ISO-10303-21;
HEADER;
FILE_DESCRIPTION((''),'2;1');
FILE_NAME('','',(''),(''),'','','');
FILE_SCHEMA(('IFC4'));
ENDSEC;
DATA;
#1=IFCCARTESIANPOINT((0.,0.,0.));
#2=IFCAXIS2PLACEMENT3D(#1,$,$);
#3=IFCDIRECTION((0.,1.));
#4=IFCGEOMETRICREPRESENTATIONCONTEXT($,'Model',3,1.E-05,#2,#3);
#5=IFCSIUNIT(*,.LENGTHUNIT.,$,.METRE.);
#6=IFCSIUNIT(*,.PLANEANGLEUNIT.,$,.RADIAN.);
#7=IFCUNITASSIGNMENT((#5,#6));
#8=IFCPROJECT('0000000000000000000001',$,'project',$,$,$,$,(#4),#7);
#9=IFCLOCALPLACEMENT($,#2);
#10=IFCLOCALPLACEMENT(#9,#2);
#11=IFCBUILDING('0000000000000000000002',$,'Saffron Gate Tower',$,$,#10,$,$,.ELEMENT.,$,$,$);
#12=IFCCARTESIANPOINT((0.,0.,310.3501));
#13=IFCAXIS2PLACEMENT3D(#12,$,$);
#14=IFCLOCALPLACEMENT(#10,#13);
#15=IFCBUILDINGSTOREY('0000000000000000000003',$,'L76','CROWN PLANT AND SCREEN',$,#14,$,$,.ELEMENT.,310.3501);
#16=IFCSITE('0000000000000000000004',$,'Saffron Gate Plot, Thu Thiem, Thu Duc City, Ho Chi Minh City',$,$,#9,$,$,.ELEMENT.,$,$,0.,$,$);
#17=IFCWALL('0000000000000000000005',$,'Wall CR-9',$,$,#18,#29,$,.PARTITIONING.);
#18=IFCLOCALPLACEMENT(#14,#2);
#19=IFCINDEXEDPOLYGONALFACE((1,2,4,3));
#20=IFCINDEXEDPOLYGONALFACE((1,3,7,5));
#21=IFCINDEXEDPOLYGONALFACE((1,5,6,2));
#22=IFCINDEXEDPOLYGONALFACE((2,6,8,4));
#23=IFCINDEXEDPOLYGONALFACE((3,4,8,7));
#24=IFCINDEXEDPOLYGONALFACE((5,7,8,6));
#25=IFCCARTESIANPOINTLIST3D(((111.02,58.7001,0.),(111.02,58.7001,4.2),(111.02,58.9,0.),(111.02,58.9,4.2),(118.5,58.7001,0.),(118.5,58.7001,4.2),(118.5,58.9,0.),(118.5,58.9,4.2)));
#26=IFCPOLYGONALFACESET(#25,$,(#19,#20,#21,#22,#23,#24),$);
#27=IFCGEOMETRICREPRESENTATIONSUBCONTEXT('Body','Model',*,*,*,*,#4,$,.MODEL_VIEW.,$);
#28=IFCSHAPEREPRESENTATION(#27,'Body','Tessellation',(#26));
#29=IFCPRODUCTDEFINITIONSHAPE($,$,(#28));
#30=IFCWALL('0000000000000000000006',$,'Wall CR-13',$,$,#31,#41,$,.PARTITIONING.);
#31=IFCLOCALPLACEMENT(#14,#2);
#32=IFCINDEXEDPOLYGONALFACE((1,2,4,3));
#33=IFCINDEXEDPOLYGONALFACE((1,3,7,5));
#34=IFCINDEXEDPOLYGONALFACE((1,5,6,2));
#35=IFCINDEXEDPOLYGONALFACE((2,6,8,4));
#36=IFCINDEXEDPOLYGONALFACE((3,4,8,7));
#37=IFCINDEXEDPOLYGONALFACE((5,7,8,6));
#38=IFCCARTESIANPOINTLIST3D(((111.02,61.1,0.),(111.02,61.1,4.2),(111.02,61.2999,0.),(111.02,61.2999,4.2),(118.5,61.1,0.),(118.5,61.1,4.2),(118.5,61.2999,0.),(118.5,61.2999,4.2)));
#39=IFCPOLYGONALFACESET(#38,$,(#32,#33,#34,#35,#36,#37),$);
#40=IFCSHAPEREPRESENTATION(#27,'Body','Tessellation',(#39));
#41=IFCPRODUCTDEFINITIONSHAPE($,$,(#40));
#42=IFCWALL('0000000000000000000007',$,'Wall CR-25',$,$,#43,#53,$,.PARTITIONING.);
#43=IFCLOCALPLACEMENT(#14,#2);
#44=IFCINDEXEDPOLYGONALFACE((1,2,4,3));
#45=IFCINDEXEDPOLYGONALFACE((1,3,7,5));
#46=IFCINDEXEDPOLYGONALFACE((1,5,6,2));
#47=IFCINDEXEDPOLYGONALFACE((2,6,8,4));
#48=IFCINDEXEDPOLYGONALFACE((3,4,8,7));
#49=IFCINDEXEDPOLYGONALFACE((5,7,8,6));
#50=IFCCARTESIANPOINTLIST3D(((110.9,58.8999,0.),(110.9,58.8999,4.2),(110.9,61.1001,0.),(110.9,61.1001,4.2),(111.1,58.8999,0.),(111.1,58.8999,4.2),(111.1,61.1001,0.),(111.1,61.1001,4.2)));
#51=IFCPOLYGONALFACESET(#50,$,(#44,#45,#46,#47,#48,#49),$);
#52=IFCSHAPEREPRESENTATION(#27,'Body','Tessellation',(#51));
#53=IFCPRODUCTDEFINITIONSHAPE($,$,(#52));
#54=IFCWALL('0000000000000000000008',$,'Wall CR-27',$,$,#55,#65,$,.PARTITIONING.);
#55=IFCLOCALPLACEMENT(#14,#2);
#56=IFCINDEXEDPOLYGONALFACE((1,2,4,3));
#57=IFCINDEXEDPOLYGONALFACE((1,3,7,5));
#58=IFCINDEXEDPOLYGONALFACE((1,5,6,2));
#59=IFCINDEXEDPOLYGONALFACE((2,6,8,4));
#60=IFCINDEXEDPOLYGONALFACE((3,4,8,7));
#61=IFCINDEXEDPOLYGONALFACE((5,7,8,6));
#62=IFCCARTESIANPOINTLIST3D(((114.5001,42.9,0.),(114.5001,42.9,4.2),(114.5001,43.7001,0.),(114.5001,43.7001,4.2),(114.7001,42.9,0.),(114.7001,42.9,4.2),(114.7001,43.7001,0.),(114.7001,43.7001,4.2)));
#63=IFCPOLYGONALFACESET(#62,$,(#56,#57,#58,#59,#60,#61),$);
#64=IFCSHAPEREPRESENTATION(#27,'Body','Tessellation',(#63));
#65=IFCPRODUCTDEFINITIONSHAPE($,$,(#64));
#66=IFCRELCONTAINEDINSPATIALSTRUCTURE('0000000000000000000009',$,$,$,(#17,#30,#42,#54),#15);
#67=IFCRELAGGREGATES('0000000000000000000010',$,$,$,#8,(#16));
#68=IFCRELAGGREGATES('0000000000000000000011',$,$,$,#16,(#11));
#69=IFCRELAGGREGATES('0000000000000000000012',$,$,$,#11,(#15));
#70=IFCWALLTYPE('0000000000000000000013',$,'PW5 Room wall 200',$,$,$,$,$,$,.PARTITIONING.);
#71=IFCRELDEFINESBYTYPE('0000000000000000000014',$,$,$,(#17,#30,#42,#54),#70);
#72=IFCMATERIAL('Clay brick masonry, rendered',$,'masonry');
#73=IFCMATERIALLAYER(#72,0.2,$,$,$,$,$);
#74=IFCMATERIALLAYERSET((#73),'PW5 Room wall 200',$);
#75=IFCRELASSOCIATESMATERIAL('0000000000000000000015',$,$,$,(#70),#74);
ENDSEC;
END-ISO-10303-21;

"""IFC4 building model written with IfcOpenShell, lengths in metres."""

from ifc_helpers import new_model, si_unit, direction, frame, frame_2d, origin, place, context, subcontext, project, spatial, rectangle, extrude, material, layer, layer_set, type_object, element, save


model = new_model("IFC4")

# Units and contexts
model_context = context("Model", 3, precision=1e-05, world=origin(), true_north=direction((0.0, 1.0)))
body_context = subcontext(model_context, "Body", "Model", "MODEL_VIEW")
ifc_project = project(units=[si_unit("LENGTHUNIT", "METRE"), si_unit("PLANEANGLEUNIT", "RADIAN")], contexts=[model_context])

# Site, building, storey
site_placement = place(None, origin())
site = spatial("IfcSite", under=ifc_project, at=site_placement, Name="Saffron Gate Plot, Thu Thiem, Thu Duc City, Ho Chi Minh City", CompositionType="ELEMENT", RefElevation=0.0)
building_placement = place(site_placement, origin())
building = spatial("IfcBuilding", under=site, at=building_placement, Name="Saffron Gate Tower", CompositionType="ELEMENT")
storey_placement = place(building_placement, frame((0.0, 0.0, 310.3501)))
storey = spatial("IfcBuildingStorey", under=building, at=storey_placement, Name="L76", Description="CROWN PLANT AND SCREEN", CompositionType="ELEMENT", Elevation=310.3501)

# Shared definitions
ifc_material_1 = material(Name="Clay brick masonry, rendered", Category="masonry")

# Walls
ifc_layer_1 = layer(ifc_material_1, 0.2)
ifc_layer_set_1 = layer_set([ifc_layer_1], Name="PW5 Room wall 200")
wall_type_1 = type_object("IfcWallType", Name="PW5 Room wall 200", PredefinedType="PARTITIONING", material=ifc_layer_set_1)
for number, where, z_axis, x_axis, name in (
    (1, (111.02, 58.8, 0.0), (0.0, 0.0, 1.0), (1.0, 0.0, 0.0), "Wall CR-9"),
    (2, (111.02, 61.2, 0.0), (0.0, 0.0, 1.0), (1.0, 0.0, 0.0), "Wall CR-13"),
):
    element("IfcWall", number, at=place(storey_placement, frame(where, z_axis=z_axis, x_axis=x_axis)), inside=storey, type_object=wall_type_1, Name=name, PredefinedType="PARTITIONING", context=body_context, shape_type="SweptSolid", body=[
        extrude(rectangle(XDim=7.48, YDim=0.2, at=frame_2d((3.74, 0.0))), origin(), (0.0, 0.0, 1.0), 4.2),
    ])
wall_1_placement = place(storey_placement, frame((111.0, 61.1001, 0.0), z_axis=(0.0, 0.0, 1.0), x_axis=(0.0, -1.0, 0.0)))
element("IfcWall", 3, at=wall_1_placement, inside=storey, type_object=wall_type_1, Name="Wall CR-25", PredefinedType="PARTITIONING", context=body_context, shape_type="SweptSolid", body=[
    extrude(rectangle(XDim=2.2002, YDim=0.2, at=frame_2d((1.1001, 0.0))), origin(), (0.0, 0.0, 1.0), 4.2),
])
wall_2_placement = place(storey_placement, frame((114.6001, 43.7, 0.0), z_axis=(0.0, 0.0, 1.0), x_axis=(0.0, -1.0, 0.0)))
element("IfcWall", 4, at=wall_2_placement, inside=storey, type_object=wall_type_1, Name="Wall CR-27", PredefinedType="PARTITIONING", context=body_context, shape_type="SweptSolid", body=[
    extrude(rectangle(XDim=0.8, YDim=0.2, at=frame_2d((0.3999, 0.0))), origin(), (0.0, 0.0, 1.0), 4.2),
])

save(model, "model.ifc")
